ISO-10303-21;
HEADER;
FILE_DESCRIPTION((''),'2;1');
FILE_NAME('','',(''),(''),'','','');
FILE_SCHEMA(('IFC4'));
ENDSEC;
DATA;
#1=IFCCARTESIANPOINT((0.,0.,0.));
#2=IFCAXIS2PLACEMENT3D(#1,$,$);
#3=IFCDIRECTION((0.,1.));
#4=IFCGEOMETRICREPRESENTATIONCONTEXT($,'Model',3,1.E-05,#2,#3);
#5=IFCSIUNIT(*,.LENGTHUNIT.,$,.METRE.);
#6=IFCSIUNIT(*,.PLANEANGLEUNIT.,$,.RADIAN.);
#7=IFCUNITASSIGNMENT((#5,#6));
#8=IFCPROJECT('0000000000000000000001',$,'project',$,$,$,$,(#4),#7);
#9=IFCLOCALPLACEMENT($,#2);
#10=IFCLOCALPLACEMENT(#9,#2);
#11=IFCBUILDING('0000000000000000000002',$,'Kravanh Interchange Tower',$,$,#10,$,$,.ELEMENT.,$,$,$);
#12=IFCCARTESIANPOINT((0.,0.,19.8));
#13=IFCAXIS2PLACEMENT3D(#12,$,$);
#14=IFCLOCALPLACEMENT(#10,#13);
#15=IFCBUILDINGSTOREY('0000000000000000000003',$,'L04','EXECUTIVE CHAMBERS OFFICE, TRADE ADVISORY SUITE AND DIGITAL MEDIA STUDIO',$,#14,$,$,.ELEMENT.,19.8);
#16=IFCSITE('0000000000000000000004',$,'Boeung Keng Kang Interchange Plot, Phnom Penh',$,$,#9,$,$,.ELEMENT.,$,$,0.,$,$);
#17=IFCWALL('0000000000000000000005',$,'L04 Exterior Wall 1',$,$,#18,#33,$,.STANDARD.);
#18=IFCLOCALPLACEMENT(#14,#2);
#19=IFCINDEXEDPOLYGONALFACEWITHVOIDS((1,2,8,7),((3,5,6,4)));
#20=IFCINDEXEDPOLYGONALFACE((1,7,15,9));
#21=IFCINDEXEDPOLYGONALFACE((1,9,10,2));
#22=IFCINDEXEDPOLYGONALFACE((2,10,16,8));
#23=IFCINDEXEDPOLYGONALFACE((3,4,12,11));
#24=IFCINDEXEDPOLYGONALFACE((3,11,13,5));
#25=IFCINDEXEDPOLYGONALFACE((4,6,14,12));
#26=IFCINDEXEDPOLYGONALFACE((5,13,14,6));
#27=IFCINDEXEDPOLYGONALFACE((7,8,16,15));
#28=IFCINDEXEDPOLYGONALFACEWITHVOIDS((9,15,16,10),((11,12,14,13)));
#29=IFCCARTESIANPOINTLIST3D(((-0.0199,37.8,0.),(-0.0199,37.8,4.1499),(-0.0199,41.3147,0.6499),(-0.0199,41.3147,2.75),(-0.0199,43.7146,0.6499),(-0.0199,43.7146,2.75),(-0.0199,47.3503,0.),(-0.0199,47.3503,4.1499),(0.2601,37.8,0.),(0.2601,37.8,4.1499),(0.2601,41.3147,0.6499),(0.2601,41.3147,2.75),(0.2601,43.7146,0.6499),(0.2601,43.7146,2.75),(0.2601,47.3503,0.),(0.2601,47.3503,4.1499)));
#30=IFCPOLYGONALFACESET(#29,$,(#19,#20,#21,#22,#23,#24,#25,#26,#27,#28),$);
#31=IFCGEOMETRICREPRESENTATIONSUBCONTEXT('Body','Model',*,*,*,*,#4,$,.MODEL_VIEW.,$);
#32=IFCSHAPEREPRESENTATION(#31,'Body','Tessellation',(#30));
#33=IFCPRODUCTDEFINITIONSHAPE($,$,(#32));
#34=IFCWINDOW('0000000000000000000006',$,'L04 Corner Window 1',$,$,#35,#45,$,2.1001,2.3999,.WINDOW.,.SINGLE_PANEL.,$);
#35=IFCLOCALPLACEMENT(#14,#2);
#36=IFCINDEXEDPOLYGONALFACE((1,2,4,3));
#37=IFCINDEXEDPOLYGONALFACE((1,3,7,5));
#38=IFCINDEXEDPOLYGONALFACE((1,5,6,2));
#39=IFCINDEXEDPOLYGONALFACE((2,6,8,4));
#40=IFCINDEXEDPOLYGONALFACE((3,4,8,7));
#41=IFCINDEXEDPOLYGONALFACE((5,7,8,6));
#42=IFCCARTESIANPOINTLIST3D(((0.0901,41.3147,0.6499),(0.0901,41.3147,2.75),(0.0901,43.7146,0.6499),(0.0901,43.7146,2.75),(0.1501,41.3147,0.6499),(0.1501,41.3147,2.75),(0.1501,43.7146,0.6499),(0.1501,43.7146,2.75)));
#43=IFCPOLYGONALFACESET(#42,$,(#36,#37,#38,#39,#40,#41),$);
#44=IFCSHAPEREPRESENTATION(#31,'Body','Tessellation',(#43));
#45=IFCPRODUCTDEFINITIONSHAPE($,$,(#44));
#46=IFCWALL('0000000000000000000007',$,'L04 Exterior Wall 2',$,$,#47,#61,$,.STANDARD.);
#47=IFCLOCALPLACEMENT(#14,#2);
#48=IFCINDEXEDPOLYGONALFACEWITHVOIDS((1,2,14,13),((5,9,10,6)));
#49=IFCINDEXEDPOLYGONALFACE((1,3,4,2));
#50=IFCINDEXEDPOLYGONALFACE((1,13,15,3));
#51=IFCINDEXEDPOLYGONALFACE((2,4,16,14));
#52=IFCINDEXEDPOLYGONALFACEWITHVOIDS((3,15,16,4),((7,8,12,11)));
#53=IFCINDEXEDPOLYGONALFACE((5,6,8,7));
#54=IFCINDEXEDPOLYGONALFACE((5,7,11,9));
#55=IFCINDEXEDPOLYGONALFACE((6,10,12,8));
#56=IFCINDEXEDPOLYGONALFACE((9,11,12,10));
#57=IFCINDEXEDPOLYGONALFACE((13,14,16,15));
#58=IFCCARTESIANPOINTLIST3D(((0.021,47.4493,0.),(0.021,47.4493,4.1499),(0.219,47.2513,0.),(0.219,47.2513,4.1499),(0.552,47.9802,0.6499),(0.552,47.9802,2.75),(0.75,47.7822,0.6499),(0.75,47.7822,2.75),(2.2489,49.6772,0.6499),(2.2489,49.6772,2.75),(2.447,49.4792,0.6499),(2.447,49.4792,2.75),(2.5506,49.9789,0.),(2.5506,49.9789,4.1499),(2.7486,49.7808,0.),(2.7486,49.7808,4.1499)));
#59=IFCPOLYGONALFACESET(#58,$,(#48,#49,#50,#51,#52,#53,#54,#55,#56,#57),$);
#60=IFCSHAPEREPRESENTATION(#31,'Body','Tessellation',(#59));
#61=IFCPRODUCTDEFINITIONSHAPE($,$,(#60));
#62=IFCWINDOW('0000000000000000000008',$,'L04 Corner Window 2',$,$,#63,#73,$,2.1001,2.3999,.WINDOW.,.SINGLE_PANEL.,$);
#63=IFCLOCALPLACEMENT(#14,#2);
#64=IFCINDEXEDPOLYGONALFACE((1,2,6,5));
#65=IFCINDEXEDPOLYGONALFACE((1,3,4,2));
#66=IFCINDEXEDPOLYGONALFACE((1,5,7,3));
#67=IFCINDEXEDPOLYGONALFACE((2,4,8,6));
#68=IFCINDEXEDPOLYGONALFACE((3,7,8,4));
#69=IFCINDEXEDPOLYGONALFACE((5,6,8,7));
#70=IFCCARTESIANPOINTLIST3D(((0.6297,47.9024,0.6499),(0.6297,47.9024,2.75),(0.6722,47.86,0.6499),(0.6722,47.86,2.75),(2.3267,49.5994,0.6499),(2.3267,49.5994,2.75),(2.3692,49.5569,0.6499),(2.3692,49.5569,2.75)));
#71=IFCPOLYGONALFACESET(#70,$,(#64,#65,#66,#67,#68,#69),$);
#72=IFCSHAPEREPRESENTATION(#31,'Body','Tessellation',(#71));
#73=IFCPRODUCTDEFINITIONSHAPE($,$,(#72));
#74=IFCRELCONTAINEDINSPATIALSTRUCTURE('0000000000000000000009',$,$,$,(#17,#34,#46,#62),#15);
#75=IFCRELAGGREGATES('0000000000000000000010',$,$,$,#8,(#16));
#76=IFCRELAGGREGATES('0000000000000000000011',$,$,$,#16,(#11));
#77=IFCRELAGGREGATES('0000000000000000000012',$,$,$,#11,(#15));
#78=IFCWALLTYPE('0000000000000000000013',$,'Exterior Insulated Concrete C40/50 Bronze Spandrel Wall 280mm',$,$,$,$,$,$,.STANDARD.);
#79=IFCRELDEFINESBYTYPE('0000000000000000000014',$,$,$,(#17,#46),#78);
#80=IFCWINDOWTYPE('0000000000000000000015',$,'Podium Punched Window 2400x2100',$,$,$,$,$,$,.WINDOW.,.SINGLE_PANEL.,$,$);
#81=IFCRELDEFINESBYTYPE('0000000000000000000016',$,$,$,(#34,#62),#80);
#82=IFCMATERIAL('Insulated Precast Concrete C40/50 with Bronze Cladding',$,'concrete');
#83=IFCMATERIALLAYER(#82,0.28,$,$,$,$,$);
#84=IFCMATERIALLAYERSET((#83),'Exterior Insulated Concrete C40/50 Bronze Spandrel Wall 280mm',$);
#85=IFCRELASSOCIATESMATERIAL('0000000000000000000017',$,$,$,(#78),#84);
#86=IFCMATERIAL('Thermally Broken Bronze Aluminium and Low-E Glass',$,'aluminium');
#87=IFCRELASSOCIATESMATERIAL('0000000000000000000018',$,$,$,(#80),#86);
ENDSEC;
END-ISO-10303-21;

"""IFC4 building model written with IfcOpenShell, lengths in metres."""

from ifc_helpers import new_model, si_unit, direction, frame, frame_2d, origin, place, context, subcontext, project, spatial, rectangle, extrude, material, layer, layer_set, type_object, element, fill, save


model = new_model("IFC4")

# Units and contexts
model_context = context("Model", 3, precision=1e-05, world=origin(), true_north=direction((0.0, 1.0)))
body_context = subcontext(model_context, "Body", "Model", "MODEL_VIEW")
ifc_project = project(units=[si_unit("LENGTHUNIT", "METRE"), si_unit("PLANEANGLEUNIT", "RADIAN")], contexts=[model_context])

# Site, building, storey
site_placement = place(None, origin())
site = spatial("IfcSite", under=ifc_project, at=site_placement, Name="Boeung Keng Kang Interchange Plot, Phnom Penh", CompositionType="ELEMENT", RefElevation=0.0)
building_placement = place(site_placement, origin())
building = spatial("IfcBuilding", under=site, at=building_placement, Name="Kravanh Interchange Tower", CompositionType="ELEMENT")
storey_placement = place(building_placement, frame((0.0, 0.0, 19.8)))
storey = spatial("IfcBuildingStorey", under=building, at=storey_placement, Name="L04", Description="EXECUTIVE CHAMBERS OFFICE, TRADE ADVISORY SUITE AND DIGITAL MEDIA STUDIO", CompositionType="ELEMENT", Elevation=19.8)

# Walls, openings, windows
ifc_material_1 = material(Name="Insulated Precast Concrete C40/50 with Bronze Cladding", Category="concrete")
ifc_layer_1 = layer(ifc_material_1, 0.28)
ifc_layer_set_1 = layer_set([ifc_layer_1], Name="Exterior Insulated Concrete C40/50 Bronze Spandrel Wall 280mm")
wall_type_1 = type_object("IfcWallType", Name="Exterior Insulated Concrete C40/50 Bronze Spandrel Wall 280mm", PredefinedType="STANDARD", material=ifc_layer_set_1)
wall_1_placement = place(storey_placement, frame((0.1201, 37.8, 0.0), z_axis=(0.0, 0.0, 1.0), x_axis=(0.0, 1.0, 0.0)))
wall_1 = element("IfcWall", 1, at=wall_1_placement, inside=storey, type_object=wall_type_1, Name="L04 Exterior Wall 1", PredefinedType="STANDARD", context=body_context, shape_type="SweptSolid", body=[
    extrude(rectangle(XDim=9.5503, YDim=0.28, at=frame_2d((4.7751, 0.0))), origin(), (0.0, 0.0, 1.0), 4.1499),
])
opening_1_placement = place(wall_1_placement, frame((3.5146, 0.0, 0.6499)))
opening_1 = element("IfcOpeningElement", 2, at=opening_1_placement, cuts=wall_1, PredefinedType="OPENING", context=body_context, shape_type="SweptSolid", body=[
    extrude(rectangle(XDim=2.3999, YDim=2.1001, at=frame_2d((1.2, 1.05))), frame((0.0, 0.1499, 0.0), z_axis=(0.0, -1.0, 0.0), x_axis=(1.0, 0.0, 0.0)), (0.0, 0.0, 1.0), 0.3),
])
ifc_material_2 = material(Name="Thermally Broken Bronze Aluminium and Low-E Glass", Category="aluminium")
window_type = type_object("IfcWindowType", Name="Podium Punched Window 2400x2100", PartitioningType="SINGLE_PANEL", PredefinedType="WINDOW", material=ifc_material_2)
window_1_placement = place(opening_1_placement, origin())
window_1 = element("IfcWindow", 3, at=window_1_placement, inside=storey, type_object=window_type, Name="L04 Corner Window 1", OverallHeight=2.1001, OverallWidth=2.3999, PartitioningType="SINGLE_PANEL", PredefinedType="WINDOW", context=body_context, shape_type="SweptSolid", body=[
    extrude(rectangle(XDim=2.3999, YDim=2.1001, at=frame_2d((1.2, 1.05))), frame((0.0, 0.03, 0.0), z_axis=(0.0, -1.0, 0.0), x_axis=(1.0, 0.0, 0.0)), (0.0, 0.0, 1.0), 0.0601),
])
fill(opening_1, window_1)
wall_2_placement = place(storey_placement, frame((0.1201, 47.3503, 0.0), z_axis=(0.0, 0.0, 1.0), x_axis=(0.707107, 0.707107, 0.0)))
wall_2 = element("IfcWall", 4, at=wall_2_placement, inside=storey, type_object=wall_type_1, Name="L04 Exterior Wall 2", PredefinedType="STANDARD", context=body_context, shape_type="SweptSolid", body=[
    extrude(rectangle(XDim=3.5774, YDim=0.28, at=frame_2d((1.7886, 0.0))), origin(), (0.0, 0.0, 1.0), 4.1499),
])
opening_2_placement = place(wall_2_placement, frame((0.7507, 0.0, 0.6499)))
opening_2 = element("IfcOpeningElement", 5, at=opening_2_placement, cuts=wall_2, PredefinedType="OPENING", context=body_context, shape_type="SweptSolid", body=[
    extrude(rectangle(XDim=2.3999, YDim=2.1001, at=frame_2d((1.2, 1.05))), frame((0.0, 0.1499, 0.0), z_axis=(0.0, -1.0, 0.0), x_axis=(1.0, 0.0, 0.0)), (0.0, 0.0, 1.0), 0.3),
])
window_2_placement = place(opening_2_placement, origin())
window_2 = element("IfcWindow", 6, at=window_2_placement, inside=storey, type_object=window_type, Name="L04 Corner Window 2", OverallHeight=2.1001, OverallWidth=2.3999, PartitioningType="SINGLE_PANEL", PredefinedType="WINDOW", context=body_context, shape_type="SweptSolid", body=[
    extrude(rectangle(XDim=2.3999, YDim=2.1001, at=frame_2d((1.2, 1.05))), frame((0.0, 0.03, 0.0), z_axis=(0.0, -1.0, 0.0), x_axis=(1.0, 0.0, 0.0)), (0.0, 0.0, 1.0), 0.0601),
])
fill(opening_2, window_2)

save(model, "model.ifc")
